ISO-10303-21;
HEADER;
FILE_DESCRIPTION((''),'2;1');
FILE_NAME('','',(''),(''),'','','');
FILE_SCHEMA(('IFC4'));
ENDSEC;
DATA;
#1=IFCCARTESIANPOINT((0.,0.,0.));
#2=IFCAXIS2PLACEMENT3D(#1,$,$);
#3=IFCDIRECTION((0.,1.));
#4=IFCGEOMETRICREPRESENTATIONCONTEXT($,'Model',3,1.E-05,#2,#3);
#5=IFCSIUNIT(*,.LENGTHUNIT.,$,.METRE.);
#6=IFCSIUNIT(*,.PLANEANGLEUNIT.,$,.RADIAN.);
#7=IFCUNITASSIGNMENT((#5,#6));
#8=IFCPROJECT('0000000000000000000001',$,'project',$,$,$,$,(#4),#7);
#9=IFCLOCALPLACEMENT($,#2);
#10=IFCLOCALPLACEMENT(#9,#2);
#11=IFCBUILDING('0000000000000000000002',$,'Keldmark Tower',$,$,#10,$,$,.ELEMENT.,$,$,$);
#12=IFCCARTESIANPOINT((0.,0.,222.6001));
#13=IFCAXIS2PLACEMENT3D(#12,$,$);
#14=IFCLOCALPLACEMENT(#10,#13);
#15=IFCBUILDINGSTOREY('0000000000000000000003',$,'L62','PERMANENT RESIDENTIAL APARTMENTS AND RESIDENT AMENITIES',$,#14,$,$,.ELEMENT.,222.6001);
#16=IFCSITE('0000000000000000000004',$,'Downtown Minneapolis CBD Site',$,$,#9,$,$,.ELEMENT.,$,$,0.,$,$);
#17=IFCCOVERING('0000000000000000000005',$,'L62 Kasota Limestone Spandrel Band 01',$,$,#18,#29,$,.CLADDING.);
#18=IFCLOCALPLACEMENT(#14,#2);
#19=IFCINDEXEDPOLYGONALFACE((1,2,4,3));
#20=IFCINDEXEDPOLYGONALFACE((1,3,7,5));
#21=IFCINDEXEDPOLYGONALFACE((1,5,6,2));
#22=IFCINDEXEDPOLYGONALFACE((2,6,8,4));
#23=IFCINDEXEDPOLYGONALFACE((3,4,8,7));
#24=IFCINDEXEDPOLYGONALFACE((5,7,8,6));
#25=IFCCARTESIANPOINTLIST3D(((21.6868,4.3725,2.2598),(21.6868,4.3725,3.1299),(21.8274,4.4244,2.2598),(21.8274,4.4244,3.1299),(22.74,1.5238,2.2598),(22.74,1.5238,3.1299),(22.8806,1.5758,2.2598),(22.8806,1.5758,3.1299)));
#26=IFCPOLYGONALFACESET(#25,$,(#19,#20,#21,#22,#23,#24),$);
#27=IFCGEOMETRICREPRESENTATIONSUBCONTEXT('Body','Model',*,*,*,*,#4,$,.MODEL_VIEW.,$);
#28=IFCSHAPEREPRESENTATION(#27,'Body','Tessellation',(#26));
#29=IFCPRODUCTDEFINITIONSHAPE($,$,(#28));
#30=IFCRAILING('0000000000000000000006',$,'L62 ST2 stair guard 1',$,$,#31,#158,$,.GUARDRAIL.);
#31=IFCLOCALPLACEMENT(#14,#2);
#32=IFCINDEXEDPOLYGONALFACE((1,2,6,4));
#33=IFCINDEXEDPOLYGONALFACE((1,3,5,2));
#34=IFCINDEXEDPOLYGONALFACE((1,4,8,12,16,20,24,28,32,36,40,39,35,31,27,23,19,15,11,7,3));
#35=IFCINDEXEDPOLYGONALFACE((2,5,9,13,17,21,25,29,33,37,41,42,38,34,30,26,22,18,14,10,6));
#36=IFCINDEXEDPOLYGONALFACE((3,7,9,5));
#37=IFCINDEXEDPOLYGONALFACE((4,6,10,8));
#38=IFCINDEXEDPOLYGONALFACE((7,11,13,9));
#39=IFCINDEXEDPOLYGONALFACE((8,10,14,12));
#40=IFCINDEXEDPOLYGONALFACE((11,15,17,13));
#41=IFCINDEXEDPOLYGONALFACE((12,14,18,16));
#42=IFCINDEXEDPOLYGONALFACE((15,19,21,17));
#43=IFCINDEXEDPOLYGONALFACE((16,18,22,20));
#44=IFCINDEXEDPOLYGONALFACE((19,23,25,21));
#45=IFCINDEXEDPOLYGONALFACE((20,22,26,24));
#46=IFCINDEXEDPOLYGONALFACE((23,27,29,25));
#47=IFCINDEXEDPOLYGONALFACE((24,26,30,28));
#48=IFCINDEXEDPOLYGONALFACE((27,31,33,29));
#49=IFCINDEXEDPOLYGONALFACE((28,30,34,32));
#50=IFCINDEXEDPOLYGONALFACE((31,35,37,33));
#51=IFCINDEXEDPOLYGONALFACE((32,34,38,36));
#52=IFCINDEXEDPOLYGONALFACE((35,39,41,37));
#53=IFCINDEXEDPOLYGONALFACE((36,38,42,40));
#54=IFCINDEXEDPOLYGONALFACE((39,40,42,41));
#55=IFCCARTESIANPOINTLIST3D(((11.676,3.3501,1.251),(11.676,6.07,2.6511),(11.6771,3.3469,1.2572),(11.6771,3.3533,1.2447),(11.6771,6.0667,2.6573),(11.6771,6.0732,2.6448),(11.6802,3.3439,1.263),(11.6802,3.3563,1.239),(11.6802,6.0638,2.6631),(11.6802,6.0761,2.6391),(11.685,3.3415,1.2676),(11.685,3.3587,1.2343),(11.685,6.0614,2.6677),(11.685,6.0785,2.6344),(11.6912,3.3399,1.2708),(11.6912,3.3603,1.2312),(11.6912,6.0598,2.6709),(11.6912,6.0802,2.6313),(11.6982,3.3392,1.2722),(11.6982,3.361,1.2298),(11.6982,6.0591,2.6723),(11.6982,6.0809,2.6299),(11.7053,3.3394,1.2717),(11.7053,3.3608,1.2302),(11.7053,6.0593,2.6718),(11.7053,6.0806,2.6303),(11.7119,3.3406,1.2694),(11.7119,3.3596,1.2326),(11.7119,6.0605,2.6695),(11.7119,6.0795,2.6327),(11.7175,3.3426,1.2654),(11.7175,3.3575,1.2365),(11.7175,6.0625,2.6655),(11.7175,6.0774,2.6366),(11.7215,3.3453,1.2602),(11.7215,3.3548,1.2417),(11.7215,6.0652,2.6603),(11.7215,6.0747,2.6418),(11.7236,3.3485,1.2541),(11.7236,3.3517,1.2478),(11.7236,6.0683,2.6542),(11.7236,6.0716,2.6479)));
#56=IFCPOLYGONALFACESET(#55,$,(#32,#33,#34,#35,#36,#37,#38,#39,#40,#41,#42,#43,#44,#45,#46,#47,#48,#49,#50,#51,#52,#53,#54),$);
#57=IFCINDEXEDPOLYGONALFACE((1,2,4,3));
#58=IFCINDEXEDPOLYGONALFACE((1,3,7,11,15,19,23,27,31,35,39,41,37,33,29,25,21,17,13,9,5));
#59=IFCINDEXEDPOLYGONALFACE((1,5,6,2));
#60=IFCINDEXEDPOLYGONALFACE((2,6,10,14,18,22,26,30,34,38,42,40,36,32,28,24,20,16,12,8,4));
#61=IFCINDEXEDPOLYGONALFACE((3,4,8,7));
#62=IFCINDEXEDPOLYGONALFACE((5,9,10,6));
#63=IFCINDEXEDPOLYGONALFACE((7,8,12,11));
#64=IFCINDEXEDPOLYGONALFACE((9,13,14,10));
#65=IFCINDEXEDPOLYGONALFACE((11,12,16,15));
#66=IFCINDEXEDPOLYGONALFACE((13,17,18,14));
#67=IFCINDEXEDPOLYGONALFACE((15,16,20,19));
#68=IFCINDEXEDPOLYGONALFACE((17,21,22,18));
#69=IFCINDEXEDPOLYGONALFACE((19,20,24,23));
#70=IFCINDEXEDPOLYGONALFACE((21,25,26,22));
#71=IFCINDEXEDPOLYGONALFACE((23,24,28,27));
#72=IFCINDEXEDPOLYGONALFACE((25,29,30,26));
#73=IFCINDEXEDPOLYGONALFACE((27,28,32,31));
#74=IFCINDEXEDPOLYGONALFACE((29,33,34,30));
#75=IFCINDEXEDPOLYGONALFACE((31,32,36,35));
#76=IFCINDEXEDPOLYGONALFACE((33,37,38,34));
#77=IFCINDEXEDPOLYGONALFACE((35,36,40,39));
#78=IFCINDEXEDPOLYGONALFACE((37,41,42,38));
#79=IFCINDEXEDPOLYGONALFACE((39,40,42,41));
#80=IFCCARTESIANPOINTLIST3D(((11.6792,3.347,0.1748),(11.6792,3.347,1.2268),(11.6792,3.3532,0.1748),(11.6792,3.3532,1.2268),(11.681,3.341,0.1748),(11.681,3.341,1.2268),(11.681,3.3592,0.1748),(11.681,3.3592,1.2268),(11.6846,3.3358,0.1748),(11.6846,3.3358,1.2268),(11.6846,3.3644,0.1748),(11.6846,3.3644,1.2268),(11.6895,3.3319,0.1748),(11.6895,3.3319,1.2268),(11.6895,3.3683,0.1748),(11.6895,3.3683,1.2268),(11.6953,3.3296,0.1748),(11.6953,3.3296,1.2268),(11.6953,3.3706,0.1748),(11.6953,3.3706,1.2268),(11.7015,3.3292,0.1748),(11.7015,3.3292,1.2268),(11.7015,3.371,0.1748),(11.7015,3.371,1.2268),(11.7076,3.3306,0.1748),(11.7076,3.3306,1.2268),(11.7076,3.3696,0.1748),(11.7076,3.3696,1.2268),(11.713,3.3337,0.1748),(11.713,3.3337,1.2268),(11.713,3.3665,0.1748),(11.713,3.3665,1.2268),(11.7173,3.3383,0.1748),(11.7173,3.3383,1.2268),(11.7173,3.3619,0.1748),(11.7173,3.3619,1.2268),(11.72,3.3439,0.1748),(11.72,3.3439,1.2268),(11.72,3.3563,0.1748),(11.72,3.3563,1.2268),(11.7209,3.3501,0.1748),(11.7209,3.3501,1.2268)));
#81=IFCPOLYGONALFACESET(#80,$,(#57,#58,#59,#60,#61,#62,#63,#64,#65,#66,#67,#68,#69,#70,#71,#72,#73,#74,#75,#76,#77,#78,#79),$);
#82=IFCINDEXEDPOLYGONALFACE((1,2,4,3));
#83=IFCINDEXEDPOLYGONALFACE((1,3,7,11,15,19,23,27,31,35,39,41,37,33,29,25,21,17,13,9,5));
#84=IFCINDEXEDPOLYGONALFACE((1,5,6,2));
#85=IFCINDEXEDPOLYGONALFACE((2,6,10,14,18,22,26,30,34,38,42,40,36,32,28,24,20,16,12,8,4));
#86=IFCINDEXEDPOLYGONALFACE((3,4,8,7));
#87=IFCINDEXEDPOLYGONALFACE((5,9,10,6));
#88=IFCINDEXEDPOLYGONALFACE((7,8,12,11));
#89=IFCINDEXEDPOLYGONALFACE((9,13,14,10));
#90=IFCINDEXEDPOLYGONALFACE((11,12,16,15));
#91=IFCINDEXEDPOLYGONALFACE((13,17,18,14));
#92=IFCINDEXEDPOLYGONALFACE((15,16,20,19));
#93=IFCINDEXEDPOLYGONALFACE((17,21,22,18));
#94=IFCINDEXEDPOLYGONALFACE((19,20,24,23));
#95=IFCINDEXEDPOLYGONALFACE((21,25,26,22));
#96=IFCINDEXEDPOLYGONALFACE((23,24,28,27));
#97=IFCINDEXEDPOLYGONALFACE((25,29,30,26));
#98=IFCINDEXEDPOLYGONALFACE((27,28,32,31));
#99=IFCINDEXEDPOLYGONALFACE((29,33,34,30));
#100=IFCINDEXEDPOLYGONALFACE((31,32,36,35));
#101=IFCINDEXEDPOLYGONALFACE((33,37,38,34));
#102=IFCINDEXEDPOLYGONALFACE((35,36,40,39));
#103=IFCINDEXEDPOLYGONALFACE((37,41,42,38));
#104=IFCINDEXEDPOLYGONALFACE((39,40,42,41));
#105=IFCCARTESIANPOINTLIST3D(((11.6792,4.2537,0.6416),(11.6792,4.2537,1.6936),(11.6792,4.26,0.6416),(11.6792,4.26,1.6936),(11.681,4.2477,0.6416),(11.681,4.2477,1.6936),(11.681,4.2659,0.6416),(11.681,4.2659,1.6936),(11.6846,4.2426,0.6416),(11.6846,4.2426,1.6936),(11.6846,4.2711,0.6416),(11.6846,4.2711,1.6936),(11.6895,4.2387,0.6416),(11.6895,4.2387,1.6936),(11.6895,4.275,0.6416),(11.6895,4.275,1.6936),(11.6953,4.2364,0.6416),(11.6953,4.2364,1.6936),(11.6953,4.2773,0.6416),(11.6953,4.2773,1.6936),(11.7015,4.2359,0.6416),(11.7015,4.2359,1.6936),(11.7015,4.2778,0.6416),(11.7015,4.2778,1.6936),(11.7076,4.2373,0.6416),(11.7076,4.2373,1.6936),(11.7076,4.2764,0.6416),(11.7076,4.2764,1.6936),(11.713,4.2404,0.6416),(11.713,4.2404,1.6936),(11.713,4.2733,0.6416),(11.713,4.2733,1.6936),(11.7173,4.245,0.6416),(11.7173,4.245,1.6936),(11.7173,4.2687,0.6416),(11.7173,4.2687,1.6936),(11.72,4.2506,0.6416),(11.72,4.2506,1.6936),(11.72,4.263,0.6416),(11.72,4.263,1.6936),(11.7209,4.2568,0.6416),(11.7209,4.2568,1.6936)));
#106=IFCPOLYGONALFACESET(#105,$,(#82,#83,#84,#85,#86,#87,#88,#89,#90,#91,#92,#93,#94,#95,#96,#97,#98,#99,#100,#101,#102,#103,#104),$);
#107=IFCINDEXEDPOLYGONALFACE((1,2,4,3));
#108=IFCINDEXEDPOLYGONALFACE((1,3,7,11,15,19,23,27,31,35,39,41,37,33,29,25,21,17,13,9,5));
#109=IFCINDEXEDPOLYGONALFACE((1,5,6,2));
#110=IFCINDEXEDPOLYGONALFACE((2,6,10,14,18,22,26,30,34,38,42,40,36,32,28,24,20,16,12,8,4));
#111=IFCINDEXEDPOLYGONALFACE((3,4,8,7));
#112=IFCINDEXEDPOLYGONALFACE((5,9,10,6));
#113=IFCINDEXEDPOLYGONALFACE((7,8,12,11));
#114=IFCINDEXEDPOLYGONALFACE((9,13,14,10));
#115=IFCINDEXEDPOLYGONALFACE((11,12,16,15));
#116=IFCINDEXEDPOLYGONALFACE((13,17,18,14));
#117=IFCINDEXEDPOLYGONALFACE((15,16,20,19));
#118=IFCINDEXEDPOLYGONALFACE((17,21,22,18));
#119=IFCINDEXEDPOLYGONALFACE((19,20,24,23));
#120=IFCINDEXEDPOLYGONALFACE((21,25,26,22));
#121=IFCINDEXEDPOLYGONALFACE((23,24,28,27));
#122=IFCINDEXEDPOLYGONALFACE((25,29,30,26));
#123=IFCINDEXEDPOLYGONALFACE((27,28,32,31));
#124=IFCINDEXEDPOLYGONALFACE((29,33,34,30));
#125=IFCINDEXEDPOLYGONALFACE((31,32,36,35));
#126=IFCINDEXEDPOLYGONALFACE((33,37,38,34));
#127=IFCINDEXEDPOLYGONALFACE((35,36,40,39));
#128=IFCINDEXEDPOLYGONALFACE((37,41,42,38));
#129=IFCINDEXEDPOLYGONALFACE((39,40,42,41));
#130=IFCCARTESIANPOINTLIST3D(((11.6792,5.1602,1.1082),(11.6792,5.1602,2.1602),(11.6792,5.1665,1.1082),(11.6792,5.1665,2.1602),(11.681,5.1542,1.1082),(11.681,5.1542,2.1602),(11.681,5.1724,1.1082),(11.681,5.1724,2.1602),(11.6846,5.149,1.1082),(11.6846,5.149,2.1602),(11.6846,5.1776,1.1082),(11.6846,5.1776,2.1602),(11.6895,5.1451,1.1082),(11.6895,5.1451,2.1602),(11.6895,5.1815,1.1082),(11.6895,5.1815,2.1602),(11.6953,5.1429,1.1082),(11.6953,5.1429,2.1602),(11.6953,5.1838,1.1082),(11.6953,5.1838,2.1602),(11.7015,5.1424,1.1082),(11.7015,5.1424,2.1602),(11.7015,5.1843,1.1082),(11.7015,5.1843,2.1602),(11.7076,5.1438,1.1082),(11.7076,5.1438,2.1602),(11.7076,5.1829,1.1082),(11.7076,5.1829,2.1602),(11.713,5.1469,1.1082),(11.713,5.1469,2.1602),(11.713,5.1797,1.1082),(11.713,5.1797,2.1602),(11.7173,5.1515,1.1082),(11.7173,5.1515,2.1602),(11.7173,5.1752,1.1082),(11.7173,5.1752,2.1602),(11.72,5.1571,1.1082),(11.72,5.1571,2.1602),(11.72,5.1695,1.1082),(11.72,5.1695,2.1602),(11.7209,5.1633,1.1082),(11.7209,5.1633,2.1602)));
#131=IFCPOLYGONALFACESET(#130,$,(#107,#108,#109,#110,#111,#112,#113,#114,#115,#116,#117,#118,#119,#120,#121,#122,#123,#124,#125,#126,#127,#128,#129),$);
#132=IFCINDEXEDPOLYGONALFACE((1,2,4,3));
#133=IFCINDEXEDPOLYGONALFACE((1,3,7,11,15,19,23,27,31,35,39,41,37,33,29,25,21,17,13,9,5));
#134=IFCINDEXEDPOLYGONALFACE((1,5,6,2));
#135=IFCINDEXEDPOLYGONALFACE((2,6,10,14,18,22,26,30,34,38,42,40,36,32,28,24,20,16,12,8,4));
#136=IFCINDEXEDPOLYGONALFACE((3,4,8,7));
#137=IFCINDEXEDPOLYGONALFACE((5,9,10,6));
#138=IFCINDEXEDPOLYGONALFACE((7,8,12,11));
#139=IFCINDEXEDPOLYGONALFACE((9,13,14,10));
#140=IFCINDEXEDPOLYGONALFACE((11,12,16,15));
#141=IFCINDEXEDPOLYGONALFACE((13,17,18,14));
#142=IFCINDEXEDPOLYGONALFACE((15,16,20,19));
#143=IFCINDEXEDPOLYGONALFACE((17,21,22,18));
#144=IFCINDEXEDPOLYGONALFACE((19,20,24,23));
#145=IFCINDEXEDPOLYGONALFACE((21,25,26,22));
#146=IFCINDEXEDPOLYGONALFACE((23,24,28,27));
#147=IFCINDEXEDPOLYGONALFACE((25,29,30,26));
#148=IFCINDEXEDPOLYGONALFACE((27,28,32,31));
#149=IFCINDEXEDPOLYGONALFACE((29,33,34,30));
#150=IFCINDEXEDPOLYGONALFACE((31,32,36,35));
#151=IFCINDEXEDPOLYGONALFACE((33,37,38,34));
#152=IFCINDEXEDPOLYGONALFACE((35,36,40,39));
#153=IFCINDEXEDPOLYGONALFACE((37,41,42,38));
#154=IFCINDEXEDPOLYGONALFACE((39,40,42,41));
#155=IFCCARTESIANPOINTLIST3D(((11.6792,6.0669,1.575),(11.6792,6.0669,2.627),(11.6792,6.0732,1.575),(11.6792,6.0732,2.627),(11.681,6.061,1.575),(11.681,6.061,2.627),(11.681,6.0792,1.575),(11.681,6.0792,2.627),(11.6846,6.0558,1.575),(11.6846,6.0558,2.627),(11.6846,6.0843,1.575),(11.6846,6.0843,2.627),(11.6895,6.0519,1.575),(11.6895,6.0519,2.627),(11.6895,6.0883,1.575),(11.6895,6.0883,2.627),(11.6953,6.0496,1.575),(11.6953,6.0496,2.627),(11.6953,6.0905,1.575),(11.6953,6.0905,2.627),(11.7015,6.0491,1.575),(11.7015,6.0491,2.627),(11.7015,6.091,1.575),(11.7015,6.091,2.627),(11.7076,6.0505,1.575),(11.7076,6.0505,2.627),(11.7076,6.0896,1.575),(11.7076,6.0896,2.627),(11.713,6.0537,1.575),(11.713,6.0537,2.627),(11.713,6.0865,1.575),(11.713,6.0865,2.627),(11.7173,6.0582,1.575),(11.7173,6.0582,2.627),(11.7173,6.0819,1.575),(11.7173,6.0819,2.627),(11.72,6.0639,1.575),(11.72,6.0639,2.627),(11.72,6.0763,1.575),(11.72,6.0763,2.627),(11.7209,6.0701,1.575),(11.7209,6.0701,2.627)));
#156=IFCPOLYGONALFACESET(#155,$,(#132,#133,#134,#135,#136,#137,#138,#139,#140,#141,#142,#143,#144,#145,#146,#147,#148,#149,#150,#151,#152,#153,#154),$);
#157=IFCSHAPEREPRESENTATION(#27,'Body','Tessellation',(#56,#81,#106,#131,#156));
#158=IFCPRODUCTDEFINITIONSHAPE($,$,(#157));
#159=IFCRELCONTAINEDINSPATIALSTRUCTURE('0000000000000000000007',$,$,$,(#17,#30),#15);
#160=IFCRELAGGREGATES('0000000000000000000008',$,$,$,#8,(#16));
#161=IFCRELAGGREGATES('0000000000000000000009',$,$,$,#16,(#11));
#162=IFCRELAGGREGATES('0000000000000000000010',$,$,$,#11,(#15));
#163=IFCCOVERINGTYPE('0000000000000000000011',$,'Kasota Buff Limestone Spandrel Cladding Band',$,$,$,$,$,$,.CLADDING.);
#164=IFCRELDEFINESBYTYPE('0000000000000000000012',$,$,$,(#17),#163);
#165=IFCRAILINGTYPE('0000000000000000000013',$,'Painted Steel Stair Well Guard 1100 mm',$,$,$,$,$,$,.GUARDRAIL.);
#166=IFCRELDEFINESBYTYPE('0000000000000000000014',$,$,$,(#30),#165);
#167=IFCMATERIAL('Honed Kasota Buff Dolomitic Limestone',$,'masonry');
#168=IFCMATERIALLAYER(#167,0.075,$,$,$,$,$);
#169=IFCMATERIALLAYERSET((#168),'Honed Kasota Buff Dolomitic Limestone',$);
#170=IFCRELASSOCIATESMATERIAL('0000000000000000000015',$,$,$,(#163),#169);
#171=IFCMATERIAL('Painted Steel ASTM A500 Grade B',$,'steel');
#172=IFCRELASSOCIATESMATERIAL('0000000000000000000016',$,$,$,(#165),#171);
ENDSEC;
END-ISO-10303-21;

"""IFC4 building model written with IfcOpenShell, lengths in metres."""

from ifc_helpers import new_model, si_unit, direction, frame, origin, origin_2d, place, context, subcontext, project, spatial, rectangle, circle, extrude, material, layer, layer_set, type_object, element, save


model = new_model("IFC4")

# Units and contexts
model_context = context("Model", 3, precision=1e-05, world=origin(), true_north=direction((0.0, 1.0)))
body_context = subcontext(model_context, "Body", "Model", "MODEL_VIEW")
ifc_project = project(units=[si_unit("LENGTHUNIT", "METRE"), si_unit("PLANEANGLEUNIT", "RADIAN")], contexts=[model_context])

# Site, building, storey
site_placement = place(None, origin())
site = spatial("IfcSite", under=ifc_project, at=site_placement, Name="Downtown Minneapolis CBD Site", CompositionType="ELEMENT", RefElevation=0.0)
building_placement = place(site_placement, origin())
building = spatial("IfcBuilding", under=site, at=building_placement, Name="Keldmark Tower", CompositionType="ELEMENT")
storey_placement = place(building_placement, frame((0.0, 0.0, 222.6001)))
storey = spatial("IfcBuildingStorey", under=building, at=storey_placement, Name="L62", Description="PERMANENT RESIDENTIAL APARTMENTS AND RESIDENT AMENITIES", CompositionType="ELEMENT", Elevation=222.6001)

# Covering
ifc_material_1 = material(Name="Honed Kasota Buff Dolomitic Limestone", Category="masonry")
ifc_layer_1 = layer(ifc_material_1, 0.075)
ifc_layer_set_1 = layer_set([ifc_layer_1], Name="Honed Kasota Buff Dolomitic Limestone")
covering_type = type_object("IfcCoveringType", Name="Kasota Buff Limestone Spandrel Cladding Band", PredefinedType="CLADDING", material=ifc_layer_set_1)
covering_placement = place(storey_placement, frame((22.2837, 2.9741, 2.2598), z_axis=(0.0, 0.0, 1.0), x_axis=(-0.346756, 0.937956, 0.0)))
element("IfcCovering", 1, at=covering_placement, inside=storey, type_object=covering_type, Name="L62 Kasota Limestone Spandrel Band 01", PredefinedType="CLADDING", context=body_context, shape_type="SweptSolid", body=[
    extrude(rectangle(XDim=3.0371, YDim=0.1499, at=origin_2d()), origin(), (0.0, 0.0, 1.0), 0.8701),
])

# Railing
ifc_material_2 = material(Name="Painted Steel ASTM A500 Grade B", Category="steel")
railing_type_1 = type_object("IfcRailingType", Name="Painted Steel Stair Well Guard 1100 mm", PredefinedType="GUARDRAIL", material=ifc_material_2)
railing_1_placement = place(storey_placement, frame((11.7, 3.3501, 0.1748)))
element("IfcRailing", 2, at=railing_1_placement, inside=storey, type_object=railing_type_1, Name="L62 ST2 stair guard 1", PredefinedType="GUARDRAIL", context=body_context, shape_type="SweptSolid", body=[
    extrude(circle(Radius=0.0239, at=origin_2d()), frame((0.0, 0.0, 1.0762), z_axis=(0.0, 0.889114, 0.457685), x_axis=(-1.0, 0.0, 0.0)), (0.0, 0.0, 1.0), 3.0591),
    extrude(circle(Radius=0.021, at=origin_2d()), origin(), (0.0, 0.0, 1.0), 1.052),
    extrude(circle(Radius=0.021, at=origin_2d()), frame((0.0, 0.9067, 0.4668)), (0.0, 0.0, 1.0), 1.052),
    extrude(circle(Radius=0.021, at=origin_2d()), frame((0.0, 1.8132, 0.9333)), (0.0, 0.0, 1.0), 1.052),
    extrude(circle(Radius=0.021, at=origin_2d()), frame((0.0, 2.72, 1.4001)), (0.0, 0.0, 1.0), 1.052),
])

save(model, "model.ifc")
